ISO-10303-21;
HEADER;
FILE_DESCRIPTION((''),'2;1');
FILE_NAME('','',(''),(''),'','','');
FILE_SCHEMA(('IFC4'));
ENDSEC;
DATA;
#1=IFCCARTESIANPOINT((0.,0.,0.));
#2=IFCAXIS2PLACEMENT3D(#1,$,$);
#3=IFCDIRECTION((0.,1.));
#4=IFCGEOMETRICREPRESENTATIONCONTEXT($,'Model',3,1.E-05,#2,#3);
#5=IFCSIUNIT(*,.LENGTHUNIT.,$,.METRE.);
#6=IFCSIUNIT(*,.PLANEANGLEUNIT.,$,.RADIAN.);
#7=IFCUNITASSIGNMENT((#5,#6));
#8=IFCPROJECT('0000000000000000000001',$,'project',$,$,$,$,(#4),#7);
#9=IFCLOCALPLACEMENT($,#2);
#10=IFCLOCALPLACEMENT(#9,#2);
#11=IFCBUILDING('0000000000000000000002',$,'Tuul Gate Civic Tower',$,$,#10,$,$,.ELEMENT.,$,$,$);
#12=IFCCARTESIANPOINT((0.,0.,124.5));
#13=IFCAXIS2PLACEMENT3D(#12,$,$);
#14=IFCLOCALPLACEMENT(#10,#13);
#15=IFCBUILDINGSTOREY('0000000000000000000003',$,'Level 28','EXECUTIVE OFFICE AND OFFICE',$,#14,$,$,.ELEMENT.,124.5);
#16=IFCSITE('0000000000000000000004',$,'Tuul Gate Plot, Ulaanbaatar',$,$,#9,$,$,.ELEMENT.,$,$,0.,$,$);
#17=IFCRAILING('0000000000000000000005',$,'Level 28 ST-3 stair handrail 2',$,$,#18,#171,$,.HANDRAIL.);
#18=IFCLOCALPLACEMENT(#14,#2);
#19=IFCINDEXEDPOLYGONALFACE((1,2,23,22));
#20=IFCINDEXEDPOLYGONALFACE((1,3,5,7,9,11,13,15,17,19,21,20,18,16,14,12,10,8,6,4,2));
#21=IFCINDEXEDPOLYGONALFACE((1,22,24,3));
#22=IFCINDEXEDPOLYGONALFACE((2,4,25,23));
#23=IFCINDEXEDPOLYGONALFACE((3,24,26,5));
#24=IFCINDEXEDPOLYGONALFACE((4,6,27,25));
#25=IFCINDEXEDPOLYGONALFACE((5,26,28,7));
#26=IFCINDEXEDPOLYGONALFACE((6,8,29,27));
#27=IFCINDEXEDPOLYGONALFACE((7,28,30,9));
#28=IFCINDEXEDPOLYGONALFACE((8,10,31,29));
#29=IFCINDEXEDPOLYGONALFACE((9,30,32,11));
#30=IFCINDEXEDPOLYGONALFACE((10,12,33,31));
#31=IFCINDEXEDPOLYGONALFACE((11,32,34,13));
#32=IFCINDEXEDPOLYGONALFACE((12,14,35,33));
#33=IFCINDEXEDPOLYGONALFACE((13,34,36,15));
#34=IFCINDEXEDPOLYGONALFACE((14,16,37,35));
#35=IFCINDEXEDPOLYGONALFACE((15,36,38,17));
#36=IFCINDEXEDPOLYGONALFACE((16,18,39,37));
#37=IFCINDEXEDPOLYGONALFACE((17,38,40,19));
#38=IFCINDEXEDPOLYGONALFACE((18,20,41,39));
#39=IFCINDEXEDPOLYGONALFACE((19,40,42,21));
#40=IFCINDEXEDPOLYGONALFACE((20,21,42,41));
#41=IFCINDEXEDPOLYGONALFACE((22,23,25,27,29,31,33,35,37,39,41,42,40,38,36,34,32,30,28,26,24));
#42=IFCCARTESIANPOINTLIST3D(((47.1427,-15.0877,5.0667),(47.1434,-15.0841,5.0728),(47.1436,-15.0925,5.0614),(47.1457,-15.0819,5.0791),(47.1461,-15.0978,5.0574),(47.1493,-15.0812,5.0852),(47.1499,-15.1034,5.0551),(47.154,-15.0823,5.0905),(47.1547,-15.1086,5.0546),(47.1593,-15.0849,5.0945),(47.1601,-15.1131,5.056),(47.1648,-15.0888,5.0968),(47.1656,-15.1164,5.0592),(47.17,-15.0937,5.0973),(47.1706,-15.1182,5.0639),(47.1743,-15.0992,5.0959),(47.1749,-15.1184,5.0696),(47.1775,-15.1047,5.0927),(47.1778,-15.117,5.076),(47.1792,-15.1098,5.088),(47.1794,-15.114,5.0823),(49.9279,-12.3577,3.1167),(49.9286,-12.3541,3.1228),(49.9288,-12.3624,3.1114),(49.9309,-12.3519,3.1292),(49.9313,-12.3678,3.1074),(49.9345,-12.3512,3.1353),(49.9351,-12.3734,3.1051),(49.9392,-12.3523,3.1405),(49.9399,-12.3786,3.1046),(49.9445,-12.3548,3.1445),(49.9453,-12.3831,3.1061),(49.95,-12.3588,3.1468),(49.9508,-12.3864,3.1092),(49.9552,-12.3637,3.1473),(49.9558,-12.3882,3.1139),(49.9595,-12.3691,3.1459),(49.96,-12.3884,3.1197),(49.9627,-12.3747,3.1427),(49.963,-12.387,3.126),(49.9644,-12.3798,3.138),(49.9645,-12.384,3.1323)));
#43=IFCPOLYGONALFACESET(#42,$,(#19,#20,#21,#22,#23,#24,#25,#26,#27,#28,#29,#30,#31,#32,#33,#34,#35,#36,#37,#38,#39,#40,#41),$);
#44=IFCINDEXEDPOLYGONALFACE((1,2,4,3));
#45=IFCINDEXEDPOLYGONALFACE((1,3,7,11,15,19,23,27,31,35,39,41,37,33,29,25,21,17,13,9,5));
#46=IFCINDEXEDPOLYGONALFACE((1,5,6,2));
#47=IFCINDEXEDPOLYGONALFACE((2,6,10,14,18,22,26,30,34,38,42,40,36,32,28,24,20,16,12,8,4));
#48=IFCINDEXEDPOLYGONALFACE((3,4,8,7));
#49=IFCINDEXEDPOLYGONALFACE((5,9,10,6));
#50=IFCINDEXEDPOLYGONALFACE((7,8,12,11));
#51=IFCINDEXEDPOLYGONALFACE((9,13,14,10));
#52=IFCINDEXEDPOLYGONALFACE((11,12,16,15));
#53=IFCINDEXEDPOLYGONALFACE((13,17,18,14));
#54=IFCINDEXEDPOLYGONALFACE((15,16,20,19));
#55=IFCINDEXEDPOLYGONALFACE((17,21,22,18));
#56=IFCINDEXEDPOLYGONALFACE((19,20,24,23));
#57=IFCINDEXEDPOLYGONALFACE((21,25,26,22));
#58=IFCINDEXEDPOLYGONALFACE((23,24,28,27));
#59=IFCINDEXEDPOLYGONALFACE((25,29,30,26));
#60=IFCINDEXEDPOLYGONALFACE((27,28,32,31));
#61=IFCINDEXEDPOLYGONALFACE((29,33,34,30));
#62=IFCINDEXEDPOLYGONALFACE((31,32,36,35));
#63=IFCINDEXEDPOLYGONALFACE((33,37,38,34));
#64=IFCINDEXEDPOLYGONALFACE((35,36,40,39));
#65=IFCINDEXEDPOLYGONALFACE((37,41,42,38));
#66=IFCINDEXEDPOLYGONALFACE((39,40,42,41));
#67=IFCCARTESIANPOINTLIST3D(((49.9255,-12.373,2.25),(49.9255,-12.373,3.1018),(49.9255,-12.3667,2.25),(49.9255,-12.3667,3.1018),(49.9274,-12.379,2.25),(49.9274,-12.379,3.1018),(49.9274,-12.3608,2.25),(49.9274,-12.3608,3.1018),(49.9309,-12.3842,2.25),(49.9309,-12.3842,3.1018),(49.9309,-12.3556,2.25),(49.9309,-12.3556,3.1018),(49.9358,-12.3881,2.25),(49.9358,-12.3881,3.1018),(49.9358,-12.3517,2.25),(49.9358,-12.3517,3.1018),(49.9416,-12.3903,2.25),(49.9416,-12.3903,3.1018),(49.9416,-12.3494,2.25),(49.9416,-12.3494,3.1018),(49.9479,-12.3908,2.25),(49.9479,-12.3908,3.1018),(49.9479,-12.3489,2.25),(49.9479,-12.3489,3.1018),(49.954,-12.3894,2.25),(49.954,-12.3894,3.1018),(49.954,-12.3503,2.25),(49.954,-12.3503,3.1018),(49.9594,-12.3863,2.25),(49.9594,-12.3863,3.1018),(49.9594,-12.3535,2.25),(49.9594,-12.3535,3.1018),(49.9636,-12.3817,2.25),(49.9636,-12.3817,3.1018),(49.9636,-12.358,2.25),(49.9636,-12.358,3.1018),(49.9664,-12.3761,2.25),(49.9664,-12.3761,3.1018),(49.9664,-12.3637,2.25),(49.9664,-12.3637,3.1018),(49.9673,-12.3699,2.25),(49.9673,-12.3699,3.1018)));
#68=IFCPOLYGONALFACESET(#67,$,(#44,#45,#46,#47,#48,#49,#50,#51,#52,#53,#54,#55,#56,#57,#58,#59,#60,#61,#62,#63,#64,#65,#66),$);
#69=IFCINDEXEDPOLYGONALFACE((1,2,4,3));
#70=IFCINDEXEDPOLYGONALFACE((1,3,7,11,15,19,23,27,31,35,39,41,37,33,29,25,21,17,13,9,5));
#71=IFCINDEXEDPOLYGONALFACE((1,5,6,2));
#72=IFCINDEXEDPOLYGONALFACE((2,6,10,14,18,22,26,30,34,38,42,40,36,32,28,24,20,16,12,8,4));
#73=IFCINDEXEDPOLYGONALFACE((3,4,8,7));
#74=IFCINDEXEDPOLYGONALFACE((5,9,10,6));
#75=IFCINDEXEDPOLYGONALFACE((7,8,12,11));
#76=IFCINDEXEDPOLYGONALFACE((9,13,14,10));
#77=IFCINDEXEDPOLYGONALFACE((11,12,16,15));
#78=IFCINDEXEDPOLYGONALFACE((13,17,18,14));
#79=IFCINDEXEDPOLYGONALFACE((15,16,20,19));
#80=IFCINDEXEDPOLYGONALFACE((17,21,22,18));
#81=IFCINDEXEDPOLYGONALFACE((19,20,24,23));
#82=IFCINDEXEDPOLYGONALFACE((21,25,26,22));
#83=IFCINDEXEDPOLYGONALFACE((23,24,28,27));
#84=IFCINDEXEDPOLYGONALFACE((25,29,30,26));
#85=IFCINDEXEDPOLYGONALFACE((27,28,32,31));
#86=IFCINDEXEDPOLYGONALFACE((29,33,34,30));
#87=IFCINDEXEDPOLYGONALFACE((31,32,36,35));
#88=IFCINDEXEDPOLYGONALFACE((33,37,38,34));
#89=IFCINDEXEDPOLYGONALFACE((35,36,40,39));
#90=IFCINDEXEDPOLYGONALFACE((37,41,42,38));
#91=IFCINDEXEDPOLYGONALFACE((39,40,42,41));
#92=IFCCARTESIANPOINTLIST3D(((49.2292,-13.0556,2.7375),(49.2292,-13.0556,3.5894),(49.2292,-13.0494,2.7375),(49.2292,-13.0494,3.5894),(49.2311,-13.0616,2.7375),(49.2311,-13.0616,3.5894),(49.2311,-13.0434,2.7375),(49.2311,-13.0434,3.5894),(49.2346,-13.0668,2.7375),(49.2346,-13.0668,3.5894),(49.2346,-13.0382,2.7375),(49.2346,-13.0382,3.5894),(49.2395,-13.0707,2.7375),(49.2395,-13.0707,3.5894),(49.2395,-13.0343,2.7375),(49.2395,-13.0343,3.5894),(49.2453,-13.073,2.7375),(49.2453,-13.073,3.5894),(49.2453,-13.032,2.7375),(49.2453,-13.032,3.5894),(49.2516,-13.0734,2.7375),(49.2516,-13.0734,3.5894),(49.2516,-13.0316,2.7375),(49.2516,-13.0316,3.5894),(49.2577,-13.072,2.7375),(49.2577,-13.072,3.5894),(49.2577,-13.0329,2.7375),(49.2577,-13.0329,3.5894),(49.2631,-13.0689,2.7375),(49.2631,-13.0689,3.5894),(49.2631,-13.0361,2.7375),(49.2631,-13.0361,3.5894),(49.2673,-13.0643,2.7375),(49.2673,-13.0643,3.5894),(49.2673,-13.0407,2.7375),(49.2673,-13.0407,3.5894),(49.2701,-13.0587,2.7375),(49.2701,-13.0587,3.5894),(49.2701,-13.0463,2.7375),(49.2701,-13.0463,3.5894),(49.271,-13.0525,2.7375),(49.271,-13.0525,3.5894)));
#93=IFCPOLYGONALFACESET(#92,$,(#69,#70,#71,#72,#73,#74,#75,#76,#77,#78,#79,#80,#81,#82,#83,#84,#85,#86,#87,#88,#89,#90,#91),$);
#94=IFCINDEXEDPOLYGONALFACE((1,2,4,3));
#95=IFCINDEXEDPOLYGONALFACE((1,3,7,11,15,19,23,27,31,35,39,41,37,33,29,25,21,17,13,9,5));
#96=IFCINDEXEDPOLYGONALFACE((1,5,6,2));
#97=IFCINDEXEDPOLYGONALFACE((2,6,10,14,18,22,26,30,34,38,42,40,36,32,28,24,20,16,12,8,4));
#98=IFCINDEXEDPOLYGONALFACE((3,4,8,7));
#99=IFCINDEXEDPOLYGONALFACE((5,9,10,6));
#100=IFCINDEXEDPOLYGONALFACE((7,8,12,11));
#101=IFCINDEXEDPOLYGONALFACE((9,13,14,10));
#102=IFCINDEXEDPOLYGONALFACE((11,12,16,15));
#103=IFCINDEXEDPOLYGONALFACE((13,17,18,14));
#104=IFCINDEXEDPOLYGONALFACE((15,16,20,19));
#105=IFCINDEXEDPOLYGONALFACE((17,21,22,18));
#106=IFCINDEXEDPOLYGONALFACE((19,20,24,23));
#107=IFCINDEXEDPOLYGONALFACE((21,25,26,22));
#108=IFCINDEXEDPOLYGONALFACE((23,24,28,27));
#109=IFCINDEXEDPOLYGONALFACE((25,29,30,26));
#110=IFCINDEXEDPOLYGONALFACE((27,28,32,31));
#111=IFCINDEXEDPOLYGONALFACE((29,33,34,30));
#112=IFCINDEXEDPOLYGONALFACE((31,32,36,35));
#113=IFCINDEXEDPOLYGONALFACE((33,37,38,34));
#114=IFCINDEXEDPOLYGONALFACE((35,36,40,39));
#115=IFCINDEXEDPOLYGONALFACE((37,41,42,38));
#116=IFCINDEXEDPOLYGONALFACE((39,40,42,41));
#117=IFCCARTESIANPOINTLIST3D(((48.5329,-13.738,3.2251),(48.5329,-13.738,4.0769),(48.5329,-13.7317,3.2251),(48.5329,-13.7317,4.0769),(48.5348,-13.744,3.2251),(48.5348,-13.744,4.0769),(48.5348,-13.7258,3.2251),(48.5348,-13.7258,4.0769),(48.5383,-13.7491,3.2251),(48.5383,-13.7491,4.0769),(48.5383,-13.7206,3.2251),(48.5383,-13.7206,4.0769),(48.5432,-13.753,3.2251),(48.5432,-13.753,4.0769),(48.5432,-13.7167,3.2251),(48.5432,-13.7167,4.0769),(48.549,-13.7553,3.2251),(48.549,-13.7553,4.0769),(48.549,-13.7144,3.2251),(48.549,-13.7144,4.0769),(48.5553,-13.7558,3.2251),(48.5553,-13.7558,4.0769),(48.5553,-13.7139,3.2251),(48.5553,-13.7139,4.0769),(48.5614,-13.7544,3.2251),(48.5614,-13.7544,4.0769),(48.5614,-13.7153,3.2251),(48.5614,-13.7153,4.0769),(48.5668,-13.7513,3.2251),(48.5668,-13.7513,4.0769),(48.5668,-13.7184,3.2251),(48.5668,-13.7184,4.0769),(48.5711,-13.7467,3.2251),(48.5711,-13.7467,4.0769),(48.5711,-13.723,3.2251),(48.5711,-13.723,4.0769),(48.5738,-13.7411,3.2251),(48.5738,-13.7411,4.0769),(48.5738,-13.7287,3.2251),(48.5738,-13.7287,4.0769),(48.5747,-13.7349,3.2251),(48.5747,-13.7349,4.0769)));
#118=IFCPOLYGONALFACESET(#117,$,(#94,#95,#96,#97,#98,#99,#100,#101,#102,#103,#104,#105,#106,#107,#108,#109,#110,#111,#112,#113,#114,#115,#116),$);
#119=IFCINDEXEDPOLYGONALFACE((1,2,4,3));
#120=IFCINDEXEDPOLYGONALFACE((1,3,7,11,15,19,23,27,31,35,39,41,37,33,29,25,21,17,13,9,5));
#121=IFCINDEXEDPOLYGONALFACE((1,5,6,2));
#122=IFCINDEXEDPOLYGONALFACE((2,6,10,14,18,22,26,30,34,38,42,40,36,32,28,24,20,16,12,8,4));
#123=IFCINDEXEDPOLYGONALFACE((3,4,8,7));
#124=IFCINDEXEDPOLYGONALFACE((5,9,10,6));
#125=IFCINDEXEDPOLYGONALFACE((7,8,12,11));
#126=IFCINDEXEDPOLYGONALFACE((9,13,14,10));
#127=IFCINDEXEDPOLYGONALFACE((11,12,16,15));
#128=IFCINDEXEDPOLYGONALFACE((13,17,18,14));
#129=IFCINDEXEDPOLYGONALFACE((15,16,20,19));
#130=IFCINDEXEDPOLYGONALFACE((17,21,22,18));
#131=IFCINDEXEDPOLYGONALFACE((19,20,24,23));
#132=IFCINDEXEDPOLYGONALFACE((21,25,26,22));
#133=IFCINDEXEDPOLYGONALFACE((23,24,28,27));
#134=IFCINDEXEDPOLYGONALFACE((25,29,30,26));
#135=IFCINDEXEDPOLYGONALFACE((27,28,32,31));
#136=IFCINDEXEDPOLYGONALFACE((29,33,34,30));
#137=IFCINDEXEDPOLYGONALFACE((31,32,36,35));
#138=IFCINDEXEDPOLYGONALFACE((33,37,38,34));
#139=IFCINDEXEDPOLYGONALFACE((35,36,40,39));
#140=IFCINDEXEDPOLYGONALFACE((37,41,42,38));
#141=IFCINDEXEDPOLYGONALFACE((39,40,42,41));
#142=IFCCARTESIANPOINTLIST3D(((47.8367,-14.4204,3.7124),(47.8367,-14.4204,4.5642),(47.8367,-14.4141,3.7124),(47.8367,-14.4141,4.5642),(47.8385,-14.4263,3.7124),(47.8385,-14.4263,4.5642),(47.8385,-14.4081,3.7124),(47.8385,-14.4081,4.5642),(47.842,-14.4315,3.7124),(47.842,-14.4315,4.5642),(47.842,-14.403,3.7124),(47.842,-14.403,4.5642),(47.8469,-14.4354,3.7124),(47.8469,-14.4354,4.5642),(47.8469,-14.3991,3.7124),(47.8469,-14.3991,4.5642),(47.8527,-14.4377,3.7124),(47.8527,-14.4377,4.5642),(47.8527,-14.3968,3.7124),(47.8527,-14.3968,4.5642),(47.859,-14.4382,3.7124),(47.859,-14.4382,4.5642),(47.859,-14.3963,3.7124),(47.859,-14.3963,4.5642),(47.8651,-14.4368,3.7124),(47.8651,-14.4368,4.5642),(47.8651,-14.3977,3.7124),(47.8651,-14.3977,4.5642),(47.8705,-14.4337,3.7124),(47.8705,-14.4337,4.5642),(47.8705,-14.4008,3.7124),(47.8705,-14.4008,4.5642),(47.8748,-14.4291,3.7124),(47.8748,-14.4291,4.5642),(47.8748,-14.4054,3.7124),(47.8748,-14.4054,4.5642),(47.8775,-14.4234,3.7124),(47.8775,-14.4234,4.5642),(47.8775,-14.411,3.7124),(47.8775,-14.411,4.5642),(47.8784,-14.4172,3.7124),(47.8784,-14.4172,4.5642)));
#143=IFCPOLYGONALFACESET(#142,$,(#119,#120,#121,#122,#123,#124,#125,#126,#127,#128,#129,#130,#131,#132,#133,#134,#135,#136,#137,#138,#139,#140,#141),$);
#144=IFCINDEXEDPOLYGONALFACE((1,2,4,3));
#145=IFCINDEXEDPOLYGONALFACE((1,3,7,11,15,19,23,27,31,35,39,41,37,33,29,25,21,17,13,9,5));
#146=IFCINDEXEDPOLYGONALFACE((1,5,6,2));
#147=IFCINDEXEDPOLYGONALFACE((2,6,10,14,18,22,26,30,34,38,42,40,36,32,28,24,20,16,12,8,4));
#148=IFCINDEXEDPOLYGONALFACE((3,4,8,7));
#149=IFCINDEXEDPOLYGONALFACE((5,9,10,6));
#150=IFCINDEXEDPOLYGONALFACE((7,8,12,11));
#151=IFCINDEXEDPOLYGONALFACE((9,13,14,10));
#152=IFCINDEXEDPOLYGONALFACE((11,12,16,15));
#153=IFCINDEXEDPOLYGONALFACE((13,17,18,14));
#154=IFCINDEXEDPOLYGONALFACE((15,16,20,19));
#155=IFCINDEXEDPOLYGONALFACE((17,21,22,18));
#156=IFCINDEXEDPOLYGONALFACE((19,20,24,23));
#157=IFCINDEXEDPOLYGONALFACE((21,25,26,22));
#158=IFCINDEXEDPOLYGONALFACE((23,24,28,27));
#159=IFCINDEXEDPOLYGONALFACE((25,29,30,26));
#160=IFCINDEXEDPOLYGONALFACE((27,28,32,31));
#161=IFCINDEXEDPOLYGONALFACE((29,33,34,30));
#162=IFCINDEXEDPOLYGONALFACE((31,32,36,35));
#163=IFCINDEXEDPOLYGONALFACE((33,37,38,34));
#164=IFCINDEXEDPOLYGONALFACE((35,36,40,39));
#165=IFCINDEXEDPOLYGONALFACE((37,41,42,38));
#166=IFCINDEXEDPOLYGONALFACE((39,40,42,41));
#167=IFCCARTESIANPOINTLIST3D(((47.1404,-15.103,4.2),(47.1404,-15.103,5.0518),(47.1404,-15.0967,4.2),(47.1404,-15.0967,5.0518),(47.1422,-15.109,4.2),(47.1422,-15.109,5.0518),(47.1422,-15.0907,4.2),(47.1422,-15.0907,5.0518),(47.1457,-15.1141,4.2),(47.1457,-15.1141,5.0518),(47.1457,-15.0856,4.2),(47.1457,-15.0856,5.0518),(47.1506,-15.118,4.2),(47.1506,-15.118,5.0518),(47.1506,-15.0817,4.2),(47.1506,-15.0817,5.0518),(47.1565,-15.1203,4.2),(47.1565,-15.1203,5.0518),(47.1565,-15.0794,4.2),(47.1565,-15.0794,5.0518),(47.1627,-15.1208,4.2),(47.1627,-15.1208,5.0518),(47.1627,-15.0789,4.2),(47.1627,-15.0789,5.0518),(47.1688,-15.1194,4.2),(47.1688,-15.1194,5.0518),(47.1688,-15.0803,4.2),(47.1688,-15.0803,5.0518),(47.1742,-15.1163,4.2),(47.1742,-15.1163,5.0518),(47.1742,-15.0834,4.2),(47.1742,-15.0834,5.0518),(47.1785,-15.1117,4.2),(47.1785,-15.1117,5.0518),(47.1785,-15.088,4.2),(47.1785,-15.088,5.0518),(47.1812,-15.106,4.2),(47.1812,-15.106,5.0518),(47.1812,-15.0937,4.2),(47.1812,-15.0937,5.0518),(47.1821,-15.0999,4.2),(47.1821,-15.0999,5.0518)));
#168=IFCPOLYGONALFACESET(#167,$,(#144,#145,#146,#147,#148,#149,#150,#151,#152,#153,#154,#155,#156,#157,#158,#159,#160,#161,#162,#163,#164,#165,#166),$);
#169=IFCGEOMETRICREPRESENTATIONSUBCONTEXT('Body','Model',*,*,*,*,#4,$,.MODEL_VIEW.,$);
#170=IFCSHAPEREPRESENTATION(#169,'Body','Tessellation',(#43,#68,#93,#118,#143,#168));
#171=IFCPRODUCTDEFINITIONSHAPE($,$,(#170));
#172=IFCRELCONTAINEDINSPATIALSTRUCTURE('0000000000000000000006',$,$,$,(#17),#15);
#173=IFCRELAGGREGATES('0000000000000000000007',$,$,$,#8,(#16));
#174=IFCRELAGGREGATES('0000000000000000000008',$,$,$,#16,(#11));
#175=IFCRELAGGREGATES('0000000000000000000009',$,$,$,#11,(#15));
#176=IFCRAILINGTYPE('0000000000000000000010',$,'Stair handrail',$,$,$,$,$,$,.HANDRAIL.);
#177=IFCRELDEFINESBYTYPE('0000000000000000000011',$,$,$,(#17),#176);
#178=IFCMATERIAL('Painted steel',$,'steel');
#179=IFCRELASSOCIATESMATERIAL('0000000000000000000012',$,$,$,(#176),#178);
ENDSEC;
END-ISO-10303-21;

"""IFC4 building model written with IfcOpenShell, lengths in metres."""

from ifc_helpers import new_model, si_unit, direction, frame, origin, origin_2d, place, context, subcontext, project, spatial, circle, extrude, material, type_object, element, save


model = new_model("IFC4")

# Units and contexts
model_context = context("Model", 3, precision=1e-05, world=origin(), true_north=direction((0.0, 1.0)))
body_context = subcontext(model_context, "Body", "Model", "MODEL_VIEW")
ifc_project = project(units=[si_unit("LENGTHUNIT", "METRE"), si_unit("PLANEANGLEUNIT", "RADIAN")], contexts=[model_context])

# Site, building, storey
site_placement = place(None, origin())
site = spatial("IfcSite", under=ifc_project, at=site_placement, Name="Tuul Gate Plot, Ulaanbaatar", CompositionType="ELEMENT", RefElevation=0.0)
building_placement = place(site_placement, origin())
building = spatial("IfcBuilding", under=site, at=building_placement, Name="Tuul Gate Civic Tower", CompositionType="ELEMENT")
storey_placement = place(building_placement, frame((0.0, 0.0, 124.5)))
storey = spatial("IfcBuildingStorey", under=building, at=storey_placement, Name="Level 28", Description="EXECUTIVE OFFICE AND OFFICE", CompositionType="ELEMENT", Elevation=124.5)

# Railing
ifc_material_1 = material(Name="Painted steel", Category="steel")
railing_type_1 = type_object("IfcRailingType", Name="Stair handrail", PredefinedType="HANDRAIL", material=ifc_material_1)
railing_1_placement = place(storey_placement, frame((49.9463, -12.3699, 2.25)))
element("IfcRailing", 1, at=railing_1_placement, inside=storey, type_object=railing_type_1, Name="Level 28 ST-3 stair handrail 2", PredefinedType="HANDRAIL", context=body_context, shape_type="SweptSolid", body=[
    extrude(circle(Radius=0.0239, at=origin_2d()), frame((0.0, 0.0, 0.876), z_axis=(-0.638754, -0.6261, 0.447206), x_axis=(0.699998, -0.714145, 0.0)), (0.0, 0.0, 1.0), 4.3604),
    extrude(circle(Radius=0.021, at=origin_2d()), origin(), (0.0, 0.0, 1.0), 0.8518),
    extrude(circle(Radius=0.021, at=origin_2d()), frame((-0.6963, -0.6826, 0.4875)), (0.0, 0.0, 1.0), 0.8518),
    extrude(circle(Radius=0.021, at=origin_2d()), frame((-1.3926, -1.365, 0.9751)), (0.0, 0.0, 1.0), 0.8518),
    extrude(circle(Radius=0.021, at=origin_2d()), frame((-2.0889, -2.0474, 1.4624)), (0.0, 0.0, 1.0), 0.8518),
    extrude(circle(Radius=0.021, at=origin_2d()), frame((-2.7852, -2.73, 1.95)), (0.0, 0.0, 1.0), 0.8518),
])

save(model, "model.ifc")
